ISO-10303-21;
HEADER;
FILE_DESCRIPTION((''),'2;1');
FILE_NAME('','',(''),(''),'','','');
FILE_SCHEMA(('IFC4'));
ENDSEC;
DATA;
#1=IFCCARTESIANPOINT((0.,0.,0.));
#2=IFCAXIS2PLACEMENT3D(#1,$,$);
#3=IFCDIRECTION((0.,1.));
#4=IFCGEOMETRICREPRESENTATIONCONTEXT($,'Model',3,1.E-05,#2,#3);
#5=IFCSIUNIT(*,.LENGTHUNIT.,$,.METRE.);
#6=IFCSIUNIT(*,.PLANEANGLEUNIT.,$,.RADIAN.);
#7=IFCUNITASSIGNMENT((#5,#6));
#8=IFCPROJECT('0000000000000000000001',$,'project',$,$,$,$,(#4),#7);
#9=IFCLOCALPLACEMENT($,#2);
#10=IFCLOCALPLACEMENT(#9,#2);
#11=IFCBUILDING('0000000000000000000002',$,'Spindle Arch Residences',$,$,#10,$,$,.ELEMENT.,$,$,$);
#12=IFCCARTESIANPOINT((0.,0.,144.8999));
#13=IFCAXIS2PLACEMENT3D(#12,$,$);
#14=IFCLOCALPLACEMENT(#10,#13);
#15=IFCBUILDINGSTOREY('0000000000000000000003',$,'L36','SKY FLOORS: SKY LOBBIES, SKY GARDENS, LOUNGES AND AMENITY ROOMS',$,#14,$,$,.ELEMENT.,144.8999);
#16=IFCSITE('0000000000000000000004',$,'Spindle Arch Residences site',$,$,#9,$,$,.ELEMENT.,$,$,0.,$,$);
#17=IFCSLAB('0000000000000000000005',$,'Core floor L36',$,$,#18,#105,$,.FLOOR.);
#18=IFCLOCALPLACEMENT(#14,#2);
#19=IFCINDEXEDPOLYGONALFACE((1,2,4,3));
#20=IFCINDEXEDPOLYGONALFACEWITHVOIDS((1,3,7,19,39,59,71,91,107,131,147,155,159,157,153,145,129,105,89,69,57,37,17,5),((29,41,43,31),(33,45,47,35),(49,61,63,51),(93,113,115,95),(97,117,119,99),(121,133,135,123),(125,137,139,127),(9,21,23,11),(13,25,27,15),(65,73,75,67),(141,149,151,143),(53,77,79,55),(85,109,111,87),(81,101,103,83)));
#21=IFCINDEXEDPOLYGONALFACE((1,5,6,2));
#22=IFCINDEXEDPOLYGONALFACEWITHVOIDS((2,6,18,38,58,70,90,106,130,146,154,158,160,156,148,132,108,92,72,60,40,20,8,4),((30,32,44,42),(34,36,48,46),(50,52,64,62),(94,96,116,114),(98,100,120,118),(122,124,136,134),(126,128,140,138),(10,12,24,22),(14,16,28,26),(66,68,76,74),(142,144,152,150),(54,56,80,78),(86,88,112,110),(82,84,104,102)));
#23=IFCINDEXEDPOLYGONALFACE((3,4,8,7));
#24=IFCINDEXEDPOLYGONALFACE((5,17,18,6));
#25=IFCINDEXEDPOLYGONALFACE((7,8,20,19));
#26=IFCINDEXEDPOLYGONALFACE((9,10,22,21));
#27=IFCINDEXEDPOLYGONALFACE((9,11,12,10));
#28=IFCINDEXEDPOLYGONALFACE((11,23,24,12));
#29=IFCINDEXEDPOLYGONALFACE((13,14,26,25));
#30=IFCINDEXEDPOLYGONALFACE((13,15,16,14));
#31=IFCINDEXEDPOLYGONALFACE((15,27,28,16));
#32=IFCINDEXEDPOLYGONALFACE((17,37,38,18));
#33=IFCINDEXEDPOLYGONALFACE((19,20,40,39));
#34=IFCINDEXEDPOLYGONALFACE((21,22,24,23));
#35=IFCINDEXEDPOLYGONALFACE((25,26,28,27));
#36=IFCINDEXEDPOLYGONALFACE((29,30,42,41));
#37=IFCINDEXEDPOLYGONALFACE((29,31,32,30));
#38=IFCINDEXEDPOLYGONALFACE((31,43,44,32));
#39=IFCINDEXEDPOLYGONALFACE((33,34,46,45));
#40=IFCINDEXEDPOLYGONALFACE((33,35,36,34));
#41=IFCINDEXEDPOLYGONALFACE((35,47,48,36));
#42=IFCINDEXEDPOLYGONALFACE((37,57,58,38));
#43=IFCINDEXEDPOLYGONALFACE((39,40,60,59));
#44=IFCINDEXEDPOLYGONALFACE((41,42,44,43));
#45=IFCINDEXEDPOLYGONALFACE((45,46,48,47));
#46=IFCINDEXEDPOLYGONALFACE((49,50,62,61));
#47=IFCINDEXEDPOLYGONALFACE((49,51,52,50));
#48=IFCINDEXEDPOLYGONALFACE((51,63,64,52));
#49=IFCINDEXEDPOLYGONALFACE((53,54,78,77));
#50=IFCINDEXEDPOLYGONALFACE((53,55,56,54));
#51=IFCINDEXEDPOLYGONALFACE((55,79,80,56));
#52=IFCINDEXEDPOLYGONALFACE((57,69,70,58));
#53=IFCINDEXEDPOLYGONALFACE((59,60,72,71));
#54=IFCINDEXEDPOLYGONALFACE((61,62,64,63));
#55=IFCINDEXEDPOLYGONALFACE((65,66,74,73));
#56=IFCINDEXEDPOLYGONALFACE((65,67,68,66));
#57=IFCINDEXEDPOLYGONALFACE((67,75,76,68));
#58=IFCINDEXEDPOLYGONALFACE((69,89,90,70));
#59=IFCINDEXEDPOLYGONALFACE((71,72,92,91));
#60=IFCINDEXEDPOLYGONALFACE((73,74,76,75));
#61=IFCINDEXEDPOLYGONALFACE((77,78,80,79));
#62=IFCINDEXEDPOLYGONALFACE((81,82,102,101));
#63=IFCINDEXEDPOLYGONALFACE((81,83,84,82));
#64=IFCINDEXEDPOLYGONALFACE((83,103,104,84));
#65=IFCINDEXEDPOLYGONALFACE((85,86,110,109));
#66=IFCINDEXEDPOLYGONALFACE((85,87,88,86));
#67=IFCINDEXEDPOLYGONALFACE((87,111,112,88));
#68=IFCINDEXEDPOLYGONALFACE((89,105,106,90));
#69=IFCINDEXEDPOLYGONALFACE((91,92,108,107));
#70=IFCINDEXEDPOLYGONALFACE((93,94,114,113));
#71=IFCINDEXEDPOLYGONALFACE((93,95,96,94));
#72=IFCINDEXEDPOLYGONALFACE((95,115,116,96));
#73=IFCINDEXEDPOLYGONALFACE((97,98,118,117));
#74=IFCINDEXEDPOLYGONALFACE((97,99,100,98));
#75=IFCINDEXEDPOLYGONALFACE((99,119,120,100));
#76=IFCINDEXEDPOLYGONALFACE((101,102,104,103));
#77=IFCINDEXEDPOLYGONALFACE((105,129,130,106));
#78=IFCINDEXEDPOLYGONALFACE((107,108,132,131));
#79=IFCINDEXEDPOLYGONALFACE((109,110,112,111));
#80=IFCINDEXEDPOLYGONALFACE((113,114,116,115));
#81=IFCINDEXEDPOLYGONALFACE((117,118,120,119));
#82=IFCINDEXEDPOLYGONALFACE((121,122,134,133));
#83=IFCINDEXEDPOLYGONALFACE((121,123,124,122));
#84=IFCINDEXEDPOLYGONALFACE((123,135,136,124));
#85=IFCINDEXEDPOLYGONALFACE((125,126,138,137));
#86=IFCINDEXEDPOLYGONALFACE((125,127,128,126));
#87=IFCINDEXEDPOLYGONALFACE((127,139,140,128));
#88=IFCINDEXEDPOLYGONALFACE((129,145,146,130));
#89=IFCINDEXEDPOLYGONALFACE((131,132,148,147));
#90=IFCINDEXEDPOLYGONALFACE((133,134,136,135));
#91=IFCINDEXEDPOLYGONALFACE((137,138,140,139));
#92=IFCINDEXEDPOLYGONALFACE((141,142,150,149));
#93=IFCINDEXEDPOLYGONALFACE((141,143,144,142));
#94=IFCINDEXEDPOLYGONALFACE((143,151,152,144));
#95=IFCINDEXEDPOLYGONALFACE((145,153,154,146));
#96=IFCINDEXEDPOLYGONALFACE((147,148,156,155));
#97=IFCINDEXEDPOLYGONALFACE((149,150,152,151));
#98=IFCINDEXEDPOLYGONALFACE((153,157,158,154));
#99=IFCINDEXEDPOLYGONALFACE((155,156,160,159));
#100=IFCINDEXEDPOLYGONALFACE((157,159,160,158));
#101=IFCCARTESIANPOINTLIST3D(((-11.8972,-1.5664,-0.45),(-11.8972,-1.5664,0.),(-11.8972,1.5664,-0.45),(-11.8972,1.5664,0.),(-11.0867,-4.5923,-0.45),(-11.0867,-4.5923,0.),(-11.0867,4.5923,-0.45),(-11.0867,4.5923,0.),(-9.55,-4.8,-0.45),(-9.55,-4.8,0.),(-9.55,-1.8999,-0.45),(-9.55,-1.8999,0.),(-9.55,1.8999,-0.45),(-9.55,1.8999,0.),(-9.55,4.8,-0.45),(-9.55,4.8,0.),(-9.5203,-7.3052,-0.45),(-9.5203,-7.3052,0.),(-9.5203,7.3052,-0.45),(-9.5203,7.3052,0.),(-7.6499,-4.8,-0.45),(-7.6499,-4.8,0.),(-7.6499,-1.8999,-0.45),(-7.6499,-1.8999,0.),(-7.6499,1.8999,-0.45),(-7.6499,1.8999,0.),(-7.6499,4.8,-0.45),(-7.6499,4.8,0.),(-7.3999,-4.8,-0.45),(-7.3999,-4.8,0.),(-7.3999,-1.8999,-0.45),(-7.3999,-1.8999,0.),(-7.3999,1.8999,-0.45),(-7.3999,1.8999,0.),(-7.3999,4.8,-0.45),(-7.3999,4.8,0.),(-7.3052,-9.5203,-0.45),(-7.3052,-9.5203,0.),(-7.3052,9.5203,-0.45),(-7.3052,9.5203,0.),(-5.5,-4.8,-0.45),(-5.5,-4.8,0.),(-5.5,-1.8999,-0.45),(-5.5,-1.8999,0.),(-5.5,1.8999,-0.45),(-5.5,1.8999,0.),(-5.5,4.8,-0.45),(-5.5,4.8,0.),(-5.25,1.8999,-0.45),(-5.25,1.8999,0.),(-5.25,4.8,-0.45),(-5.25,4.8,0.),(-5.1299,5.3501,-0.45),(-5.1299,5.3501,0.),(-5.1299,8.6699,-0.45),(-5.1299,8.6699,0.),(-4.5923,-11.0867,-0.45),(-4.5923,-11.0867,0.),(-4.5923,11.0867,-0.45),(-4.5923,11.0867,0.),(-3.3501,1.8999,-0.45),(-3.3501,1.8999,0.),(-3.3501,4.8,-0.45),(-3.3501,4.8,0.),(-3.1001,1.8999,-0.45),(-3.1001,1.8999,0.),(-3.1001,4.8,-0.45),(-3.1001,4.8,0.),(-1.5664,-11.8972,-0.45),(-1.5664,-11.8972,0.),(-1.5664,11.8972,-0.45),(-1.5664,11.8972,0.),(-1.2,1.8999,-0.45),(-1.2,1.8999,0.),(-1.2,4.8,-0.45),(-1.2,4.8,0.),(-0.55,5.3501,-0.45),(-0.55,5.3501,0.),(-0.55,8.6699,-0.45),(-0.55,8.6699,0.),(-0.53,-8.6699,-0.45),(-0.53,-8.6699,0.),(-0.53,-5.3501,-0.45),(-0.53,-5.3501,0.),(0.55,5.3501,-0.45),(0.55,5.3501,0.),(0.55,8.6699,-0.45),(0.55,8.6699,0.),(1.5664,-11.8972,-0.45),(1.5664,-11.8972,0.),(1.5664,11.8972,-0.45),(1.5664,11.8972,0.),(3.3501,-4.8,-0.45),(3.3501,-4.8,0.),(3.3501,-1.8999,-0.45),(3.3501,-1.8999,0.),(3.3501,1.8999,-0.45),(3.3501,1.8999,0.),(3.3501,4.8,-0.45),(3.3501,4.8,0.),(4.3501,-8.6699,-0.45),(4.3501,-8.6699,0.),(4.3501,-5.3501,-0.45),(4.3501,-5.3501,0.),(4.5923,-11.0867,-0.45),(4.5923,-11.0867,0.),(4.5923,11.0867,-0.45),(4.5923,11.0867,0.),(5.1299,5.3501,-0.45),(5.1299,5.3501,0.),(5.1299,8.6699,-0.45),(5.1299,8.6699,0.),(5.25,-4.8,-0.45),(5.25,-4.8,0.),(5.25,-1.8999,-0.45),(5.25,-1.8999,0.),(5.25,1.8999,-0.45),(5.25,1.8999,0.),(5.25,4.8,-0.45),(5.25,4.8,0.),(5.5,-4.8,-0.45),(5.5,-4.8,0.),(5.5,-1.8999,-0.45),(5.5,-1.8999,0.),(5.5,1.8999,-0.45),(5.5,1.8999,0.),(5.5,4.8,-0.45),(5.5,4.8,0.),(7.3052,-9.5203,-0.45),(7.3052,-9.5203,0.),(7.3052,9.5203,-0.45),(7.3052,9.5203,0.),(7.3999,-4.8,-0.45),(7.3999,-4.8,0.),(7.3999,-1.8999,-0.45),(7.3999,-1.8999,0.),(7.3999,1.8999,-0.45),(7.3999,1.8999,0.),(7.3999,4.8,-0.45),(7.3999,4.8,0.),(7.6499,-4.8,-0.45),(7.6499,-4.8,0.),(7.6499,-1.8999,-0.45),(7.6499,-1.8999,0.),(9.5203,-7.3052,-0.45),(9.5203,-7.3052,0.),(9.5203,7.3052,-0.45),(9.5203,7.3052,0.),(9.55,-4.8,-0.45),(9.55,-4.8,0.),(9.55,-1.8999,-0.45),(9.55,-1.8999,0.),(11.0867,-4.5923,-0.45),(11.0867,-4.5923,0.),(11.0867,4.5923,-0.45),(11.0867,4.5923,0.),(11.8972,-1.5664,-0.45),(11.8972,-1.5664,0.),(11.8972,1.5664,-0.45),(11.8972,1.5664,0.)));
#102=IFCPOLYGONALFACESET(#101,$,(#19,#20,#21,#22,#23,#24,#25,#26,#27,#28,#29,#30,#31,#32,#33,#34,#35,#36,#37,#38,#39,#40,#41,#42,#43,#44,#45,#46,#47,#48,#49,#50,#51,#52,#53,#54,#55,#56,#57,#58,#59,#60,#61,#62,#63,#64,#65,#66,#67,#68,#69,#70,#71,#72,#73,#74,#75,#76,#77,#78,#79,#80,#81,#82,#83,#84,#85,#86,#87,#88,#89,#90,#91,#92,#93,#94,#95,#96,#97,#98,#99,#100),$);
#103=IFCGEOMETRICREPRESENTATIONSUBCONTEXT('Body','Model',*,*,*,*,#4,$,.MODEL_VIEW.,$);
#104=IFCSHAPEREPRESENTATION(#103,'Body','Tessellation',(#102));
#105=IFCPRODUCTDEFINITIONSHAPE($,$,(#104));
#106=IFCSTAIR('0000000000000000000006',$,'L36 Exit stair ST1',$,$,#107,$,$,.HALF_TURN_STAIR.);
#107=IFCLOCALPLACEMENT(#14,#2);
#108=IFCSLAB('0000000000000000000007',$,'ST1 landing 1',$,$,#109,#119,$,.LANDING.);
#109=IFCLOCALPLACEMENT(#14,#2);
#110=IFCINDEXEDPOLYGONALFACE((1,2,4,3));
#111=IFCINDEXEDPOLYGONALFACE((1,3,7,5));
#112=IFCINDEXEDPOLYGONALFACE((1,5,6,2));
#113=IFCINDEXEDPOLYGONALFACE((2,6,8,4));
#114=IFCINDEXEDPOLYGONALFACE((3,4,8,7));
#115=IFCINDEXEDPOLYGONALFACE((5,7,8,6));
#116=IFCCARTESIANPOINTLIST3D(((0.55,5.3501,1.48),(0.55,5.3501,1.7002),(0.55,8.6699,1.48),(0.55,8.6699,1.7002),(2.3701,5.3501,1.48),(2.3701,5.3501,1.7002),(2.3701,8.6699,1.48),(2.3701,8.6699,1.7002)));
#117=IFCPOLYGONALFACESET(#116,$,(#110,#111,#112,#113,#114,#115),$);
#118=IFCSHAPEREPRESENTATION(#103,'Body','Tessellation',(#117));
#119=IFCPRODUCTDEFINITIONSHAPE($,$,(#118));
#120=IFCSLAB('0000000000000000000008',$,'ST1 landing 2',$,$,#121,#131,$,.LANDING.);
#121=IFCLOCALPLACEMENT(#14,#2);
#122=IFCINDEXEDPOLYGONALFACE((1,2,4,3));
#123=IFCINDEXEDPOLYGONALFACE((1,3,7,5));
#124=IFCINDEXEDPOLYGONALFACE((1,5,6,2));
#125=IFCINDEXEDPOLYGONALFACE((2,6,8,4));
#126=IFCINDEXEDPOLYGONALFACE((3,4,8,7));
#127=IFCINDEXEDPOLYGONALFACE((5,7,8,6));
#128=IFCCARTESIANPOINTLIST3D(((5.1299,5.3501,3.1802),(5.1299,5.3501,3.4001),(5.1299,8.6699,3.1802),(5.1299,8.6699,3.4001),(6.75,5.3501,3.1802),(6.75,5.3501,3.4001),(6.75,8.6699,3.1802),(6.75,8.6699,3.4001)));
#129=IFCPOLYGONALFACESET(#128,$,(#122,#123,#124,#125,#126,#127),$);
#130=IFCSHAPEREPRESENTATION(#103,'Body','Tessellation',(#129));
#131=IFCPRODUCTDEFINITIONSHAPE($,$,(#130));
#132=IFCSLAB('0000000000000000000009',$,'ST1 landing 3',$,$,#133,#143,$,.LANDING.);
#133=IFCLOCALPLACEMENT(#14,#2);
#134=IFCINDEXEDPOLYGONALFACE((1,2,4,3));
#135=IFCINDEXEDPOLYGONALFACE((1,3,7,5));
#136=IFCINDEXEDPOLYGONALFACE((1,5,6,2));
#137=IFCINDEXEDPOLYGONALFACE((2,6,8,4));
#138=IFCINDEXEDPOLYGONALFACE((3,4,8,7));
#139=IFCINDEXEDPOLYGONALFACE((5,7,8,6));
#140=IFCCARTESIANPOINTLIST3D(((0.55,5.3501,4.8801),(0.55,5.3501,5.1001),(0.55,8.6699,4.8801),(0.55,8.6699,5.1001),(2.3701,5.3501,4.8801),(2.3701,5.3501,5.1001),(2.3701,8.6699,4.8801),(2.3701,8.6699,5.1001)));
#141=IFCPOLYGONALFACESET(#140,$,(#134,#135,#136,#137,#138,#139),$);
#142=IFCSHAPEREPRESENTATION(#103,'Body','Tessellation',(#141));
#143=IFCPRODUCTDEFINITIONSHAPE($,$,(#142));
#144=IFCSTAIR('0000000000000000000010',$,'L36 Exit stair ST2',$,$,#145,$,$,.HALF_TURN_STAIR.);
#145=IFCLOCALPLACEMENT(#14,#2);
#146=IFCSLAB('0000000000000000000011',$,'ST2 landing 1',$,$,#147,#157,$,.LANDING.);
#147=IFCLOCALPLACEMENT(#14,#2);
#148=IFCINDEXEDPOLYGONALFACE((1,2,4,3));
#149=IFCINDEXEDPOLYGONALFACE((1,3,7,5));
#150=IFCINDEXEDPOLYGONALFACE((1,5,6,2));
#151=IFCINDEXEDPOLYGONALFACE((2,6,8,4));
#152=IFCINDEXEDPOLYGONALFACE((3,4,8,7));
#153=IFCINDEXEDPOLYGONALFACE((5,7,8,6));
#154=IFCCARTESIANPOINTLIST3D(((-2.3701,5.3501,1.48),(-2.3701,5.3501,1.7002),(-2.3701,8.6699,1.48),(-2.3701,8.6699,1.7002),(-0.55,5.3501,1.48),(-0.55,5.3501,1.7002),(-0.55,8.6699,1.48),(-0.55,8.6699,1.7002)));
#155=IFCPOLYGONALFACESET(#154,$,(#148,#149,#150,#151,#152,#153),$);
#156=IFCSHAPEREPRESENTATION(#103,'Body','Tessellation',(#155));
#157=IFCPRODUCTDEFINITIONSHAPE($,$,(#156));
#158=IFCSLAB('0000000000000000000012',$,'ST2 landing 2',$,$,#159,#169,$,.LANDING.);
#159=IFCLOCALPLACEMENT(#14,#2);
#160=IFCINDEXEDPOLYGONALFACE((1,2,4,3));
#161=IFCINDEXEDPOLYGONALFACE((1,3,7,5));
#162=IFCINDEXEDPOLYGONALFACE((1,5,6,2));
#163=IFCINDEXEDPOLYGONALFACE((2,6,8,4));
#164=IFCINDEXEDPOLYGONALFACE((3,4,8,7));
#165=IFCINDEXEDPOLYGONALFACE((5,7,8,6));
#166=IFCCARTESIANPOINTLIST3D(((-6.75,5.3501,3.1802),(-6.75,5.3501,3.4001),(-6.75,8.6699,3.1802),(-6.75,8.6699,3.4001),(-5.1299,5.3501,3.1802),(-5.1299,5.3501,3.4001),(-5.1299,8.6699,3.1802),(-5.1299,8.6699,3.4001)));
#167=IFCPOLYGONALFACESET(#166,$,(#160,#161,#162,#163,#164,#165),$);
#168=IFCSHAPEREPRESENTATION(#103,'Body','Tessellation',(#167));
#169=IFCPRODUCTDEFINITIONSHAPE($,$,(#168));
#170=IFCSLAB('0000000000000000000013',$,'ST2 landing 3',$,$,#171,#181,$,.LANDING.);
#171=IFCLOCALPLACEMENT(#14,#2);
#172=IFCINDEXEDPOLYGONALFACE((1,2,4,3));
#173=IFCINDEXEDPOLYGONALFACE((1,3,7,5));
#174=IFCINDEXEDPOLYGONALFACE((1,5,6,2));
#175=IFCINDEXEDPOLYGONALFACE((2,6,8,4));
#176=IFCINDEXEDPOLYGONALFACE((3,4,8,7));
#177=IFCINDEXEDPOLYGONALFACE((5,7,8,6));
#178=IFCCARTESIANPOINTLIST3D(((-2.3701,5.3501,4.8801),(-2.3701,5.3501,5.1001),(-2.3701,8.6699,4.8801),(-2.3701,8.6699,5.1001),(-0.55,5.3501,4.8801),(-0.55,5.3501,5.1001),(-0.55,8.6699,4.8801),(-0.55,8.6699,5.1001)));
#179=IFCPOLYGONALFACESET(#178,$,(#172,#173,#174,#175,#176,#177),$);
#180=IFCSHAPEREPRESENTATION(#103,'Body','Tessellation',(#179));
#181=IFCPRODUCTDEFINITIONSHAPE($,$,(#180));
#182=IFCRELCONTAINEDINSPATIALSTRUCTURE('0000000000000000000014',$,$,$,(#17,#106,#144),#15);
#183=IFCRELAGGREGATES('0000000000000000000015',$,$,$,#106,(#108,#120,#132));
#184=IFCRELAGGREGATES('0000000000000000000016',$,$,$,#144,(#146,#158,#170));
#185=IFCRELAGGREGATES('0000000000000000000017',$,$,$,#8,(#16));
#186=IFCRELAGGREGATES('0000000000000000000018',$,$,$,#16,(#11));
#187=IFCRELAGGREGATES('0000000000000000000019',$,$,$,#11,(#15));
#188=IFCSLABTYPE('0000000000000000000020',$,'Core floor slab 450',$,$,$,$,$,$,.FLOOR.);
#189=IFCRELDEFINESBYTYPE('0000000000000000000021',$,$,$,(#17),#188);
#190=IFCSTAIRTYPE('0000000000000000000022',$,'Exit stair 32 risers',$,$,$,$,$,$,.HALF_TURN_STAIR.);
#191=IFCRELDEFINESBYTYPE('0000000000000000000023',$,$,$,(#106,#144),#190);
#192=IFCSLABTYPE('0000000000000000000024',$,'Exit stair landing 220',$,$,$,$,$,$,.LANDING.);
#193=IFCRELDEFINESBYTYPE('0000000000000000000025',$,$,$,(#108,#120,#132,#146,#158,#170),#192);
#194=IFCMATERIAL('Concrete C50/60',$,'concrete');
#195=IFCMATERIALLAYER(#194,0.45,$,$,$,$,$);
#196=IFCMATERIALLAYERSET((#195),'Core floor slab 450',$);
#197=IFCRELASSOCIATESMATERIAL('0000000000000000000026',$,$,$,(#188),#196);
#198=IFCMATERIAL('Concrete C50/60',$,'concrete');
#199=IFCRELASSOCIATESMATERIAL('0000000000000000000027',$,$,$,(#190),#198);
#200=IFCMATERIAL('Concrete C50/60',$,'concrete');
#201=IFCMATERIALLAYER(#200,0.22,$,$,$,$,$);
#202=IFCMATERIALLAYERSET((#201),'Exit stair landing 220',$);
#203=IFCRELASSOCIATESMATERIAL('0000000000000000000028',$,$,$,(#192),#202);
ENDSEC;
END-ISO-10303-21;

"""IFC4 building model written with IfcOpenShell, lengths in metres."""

from ifc_helpers import new_model, si_unit, direction, frame, origin, place, context, subcontext, project, spatial, polyline, outline, extrude, material, layer, layer_set, type_object, element, aggregate, save


model = new_model("IFC4")

# Units and contexts
model_context = context("Model", 3, precision=1e-05, world=origin(), true_north=direction((0.0, 1.0)))
body_context = subcontext(model_context, "Body", "Model", "MODEL_VIEW")
ifc_project = project(units=[si_unit("LENGTHUNIT", "METRE"), si_unit("PLANEANGLEUNIT", "RADIAN")], contexts=[model_context])

# Site, building, storey
site_placement = place(None, origin())
site = spatial("IfcSite", under=ifc_project, at=site_placement, Name="Spindle Arch Residences site", CompositionType="ELEMENT", RefElevation=0.0)
building_placement = place(site_placement, origin())
building = spatial("IfcBuilding", under=site, at=building_placement, Name="Spindle Arch Residences", CompositionType="ELEMENT")
storey_placement = place(building_placement, frame((0.0, 0.0, 144.8999)))
storey = spatial("IfcBuildingStorey", under=building, at=storey_placement, Name="L36", Description="SKY FLOORS: SKY LOBBIES, SKY GARDENS, LOUNGES AND AMENITY ROOMS", CompositionType="ELEMENT", Elevation=144.8999)

# Slab
ifc_material_1 = material(Name="Concrete C50/60", Category="concrete")
ifc_layer_1 = layer(ifc_material_1, 0.45)
ifc_layer_set_1 = layer_set([ifc_layer_1], Name="Core floor slab 450")
slab_type_1 = type_object("IfcSlabType", Name="Core floor slab 450", PredefinedType="FLOOR", material=ifc_layer_set_1)
slab_1_placement = place(storey_placement, frame((0.0, 0.0, -0.45)))
element("IfcSlab", 1, at=slab_1_placement, inside=storey, type_object=slab_type_1, Name="Core floor L36", PredefinedType="FLOOR", context=body_context, shape_type="SweptSolid", body=[
    extrude(outline(polyline([(1.5664, -11.8972), (4.5923, -11.0867), (7.3052, -9.5203), (9.5203, -7.3052), (11.0867, -4.5923), (11.8972, -1.5664), (11.8972, 1.5664), (11.0867, 4.5923), (9.5203, 7.3052), (7.3052, 9.5203), (4.5923, 11.0867), (1.5664, 11.8972), (-1.5664, 11.8972), (-4.5923, 11.0867), (-7.3052, 9.5203), (-9.5203, 7.3052), (-11.0867, 4.5923), (-11.8972, 1.5664), (-11.8972, -1.5664), (-11.0867, -4.5923), (-9.5203, -7.3052), (-7.3052, -9.5203), (-4.5923, -11.0867), (-1.5664, -11.8972), (1.5664, -11.8972)]), holes=[polyline([(-9.55, 1.8999), (-7.6499, 1.8999), (-7.6499, 4.8), (-9.55, 4.8), (-9.55, 1.8999)]), polyline([(-7.3999, 1.8999), (-5.5, 1.8999), (-5.5, 4.8), (-7.3999, 4.8), (-7.3999, 1.8999)]), polyline([(-5.25, 1.8999), (-3.3501, 1.8999), (-3.3501, 4.8), (-5.25, 4.8), (-5.25, 1.8999)]), polyline([(-3.1001, 1.8999), (-1.2, 1.8999), (-1.2, 4.8), (-3.1001, 4.8), (-3.1001, 1.8999)]), polyline([(3.3501, 1.8999), (5.25, 1.8999), (5.25, 4.8), (3.3501, 4.8), (3.3501, 1.8999)]), polyline([(5.5, 1.8999), (7.3999, 1.8999), (7.3999, 4.8), (5.5, 4.8), (5.5, 1.8999)]), polyline([(-9.55, -4.8), (-7.6499, -4.8), (-7.6499, -1.8999), (-9.55, -1.8999), (-9.55, -4.8)]), polyline([(-7.3999, -4.8), (-5.5, -4.8), (-5.5, -1.8999), (-7.3999, -1.8999), (-7.3999, -4.8)]), polyline([(3.3501, -4.8), (5.25, -4.8), (5.25, -1.8999), (3.3501, -1.8999), (3.3501, -4.8)]), polyline([(5.5, -4.8), (7.3999, -4.8), (7.3999, -1.8999), (5.5, -1.8999), (5.5, -4.8)]), polyline([(7.6499, -4.8), (9.55, -4.8), (9.55, -1.8999), (7.6499, -1.8999), (7.6499, -4.8)]), polyline([(5.1299, 8.6699), (0.55, 8.6699), (0.55, 5.3501), (5.1299, 5.3501), (5.1299, 8.6699)]), polyline([(-5.1299, 5.3501), (-0.55, 5.3501), (-0.55, 8.6699), (-5.1299, 8.6699), (-5.1299, 5.3501)]), polyline([(-0.53, -8.6699), (4.3501, -8.6699), (4.3501, -5.3501), (-0.53, -5.3501), (-0.53, -8.6699)])]), origin(), (0.0, 0.0, 1.0), 0.45),
])

# Stairs, slabs
ifc_material_2 = material(Name="Concrete C50/60", Category="concrete")
stair_type = type_object("IfcStairType", Name="Exit stair 32 risers", PredefinedType="HALF_TURN_STAIR", material=ifc_material_2)
stair_1_placement = place(storey_placement, origin())
stair_1 = element("IfcStair", 2, at=stair_1_placement, inside=storey, type_object=stair_type, Name="L36 Exit stair ST1", PredefinedType="HALF_TURN_STAIR")
ifc_material_3 = material(Name="Concrete C50/60", Category="concrete")
ifc_layer_2 = layer(ifc_material_3, 0.22)
ifc_layer_set_2 = layer_set([ifc_layer_2], Name="Exit stair landing 220")
slab_type_2 = type_object("IfcSlabType", Name="Exit stair landing 220", PredefinedType="LANDING", material=ifc_layer_set_2)
slab_2_placement = place(storey_placement, frame((0.0, 0.0, 1.48)))
slab_2 = element("IfcSlab", 3, at=slab_2_placement, type_object=slab_type_2, Name="ST1 landing 1", PredefinedType="LANDING", context=body_context, shape_type="SweptSolid", body=[
    extrude(outline(polyline([(2.3701, 8.6699), (0.55, 8.6699), (0.55, 5.3501), (2.3701, 5.3501), (2.3701, 8.6699)])), origin(), (0.0, 0.0, 1.0), 0.2202),
])
slab_3_placement = place(storey_placement, frame((0.0, 0.0, 3.1802)))
slab_3 = element("IfcSlab", 4, at=slab_3_placement, type_object=slab_type_2, Name="ST1 landing 2", PredefinedType="LANDING", context=body_context, shape_type="SweptSolid", body=[
    extrude(outline(polyline([(6.75, 8.6699), (5.1299, 8.6699), (5.1299, 5.3501), (6.75, 5.3501), (6.75, 8.6699)])), origin(), (0.0, 0.0, 1.0), 0.22),
])
slab_4_placement = place(storey_placement, frame((0.0, 0.0, 4.8801)))
slab_4 = element("IfcSlab", 5, at=slab_4_placement, type_object=slab_type_2, Name="ST1 landing 3", PredefinedType="LANDING", context=body_context, shape_type="SweptSolid", body=[
    extrude(outline(polyline([(2.3701, 8.6699), (0.55, 8.6699), (0.55, 5.3501), (2.3701, 5.3501), (2.3701, 8.6699)])), origin(), (0.0, 0.0, 1.0), 0.22),
])
aggregate(stair_1, [slab_2, slab_3, slab_4])
stair_2_placement = place(storey_placement, origin())
stair_2 = element("IfcStair", 6, at=stair_2_placement, inside=storey, type_object=stair_type, Name="L36 Exit stair ST2", PredefinedType="HALF_TURN_STAIR")
slab_5_placement = place(storey_placement, frame((0.0, 0.0, 1.48)))
slab_5 = element("IfcSlab", 7, at=slab_5_placement, type_object=slab_type_2, Name="ST2 landing 1", PredefinedType="LANDING", context=body_context, shape_type="SweptSolid", body=[
    extrude(outline(polyline([(-2.3701, 5.3501), (-0.55, 5.3501), (-0.55, 8.6699), (-2.3701, 8.6699), (-2.3701, 5.3501)])), origin(), (0.0, 0.0, 1.0), 0.2202),
])
slab_6_placement = place(storey_placement, frame((0.0, 0.0, 3.1802)))
slab_6 = element("IfcSlab", 8, at=slab_6_placement, type_object=slab_type_2, Name="ST2 landing 2", PredefinedType="LANDING", context=body_context, shape_type="SweptSolid", body=[
    extrude(outline(polyline([(-6.75, 5.3501), (-5.1299, 5.3501), (-5.1299, 8.6699), (-6.75, 8.6699), (-6.75, 5.3501)])), origin(), (0.0, 0.0, 1.0), 0.22),
])
slab_7_placement = place(storey_placement, frame((0.0, 0.0, 4.8801)))
slab_7 = element("IfcSlab", 9, at=slab_7_placement, type_object=slab_type_2, Name="ST2 landing 3", PredefinedType="LANDING", context=body_context, shape_type="SweptSolid", body=[
    extrude(outline(polyline([(-2.3701, 5.3501), (-0.55, 5.3501), (-0.55, 8.6699), (-2.3701, 8.6699), (-2.3701, 5.3501)])), origin(), (0.0, 0.0, 1.0), 0.22),
])
aggregate(stair_2, [slab_5, slab_6, slab_7])

save(model, "model.ifc")
